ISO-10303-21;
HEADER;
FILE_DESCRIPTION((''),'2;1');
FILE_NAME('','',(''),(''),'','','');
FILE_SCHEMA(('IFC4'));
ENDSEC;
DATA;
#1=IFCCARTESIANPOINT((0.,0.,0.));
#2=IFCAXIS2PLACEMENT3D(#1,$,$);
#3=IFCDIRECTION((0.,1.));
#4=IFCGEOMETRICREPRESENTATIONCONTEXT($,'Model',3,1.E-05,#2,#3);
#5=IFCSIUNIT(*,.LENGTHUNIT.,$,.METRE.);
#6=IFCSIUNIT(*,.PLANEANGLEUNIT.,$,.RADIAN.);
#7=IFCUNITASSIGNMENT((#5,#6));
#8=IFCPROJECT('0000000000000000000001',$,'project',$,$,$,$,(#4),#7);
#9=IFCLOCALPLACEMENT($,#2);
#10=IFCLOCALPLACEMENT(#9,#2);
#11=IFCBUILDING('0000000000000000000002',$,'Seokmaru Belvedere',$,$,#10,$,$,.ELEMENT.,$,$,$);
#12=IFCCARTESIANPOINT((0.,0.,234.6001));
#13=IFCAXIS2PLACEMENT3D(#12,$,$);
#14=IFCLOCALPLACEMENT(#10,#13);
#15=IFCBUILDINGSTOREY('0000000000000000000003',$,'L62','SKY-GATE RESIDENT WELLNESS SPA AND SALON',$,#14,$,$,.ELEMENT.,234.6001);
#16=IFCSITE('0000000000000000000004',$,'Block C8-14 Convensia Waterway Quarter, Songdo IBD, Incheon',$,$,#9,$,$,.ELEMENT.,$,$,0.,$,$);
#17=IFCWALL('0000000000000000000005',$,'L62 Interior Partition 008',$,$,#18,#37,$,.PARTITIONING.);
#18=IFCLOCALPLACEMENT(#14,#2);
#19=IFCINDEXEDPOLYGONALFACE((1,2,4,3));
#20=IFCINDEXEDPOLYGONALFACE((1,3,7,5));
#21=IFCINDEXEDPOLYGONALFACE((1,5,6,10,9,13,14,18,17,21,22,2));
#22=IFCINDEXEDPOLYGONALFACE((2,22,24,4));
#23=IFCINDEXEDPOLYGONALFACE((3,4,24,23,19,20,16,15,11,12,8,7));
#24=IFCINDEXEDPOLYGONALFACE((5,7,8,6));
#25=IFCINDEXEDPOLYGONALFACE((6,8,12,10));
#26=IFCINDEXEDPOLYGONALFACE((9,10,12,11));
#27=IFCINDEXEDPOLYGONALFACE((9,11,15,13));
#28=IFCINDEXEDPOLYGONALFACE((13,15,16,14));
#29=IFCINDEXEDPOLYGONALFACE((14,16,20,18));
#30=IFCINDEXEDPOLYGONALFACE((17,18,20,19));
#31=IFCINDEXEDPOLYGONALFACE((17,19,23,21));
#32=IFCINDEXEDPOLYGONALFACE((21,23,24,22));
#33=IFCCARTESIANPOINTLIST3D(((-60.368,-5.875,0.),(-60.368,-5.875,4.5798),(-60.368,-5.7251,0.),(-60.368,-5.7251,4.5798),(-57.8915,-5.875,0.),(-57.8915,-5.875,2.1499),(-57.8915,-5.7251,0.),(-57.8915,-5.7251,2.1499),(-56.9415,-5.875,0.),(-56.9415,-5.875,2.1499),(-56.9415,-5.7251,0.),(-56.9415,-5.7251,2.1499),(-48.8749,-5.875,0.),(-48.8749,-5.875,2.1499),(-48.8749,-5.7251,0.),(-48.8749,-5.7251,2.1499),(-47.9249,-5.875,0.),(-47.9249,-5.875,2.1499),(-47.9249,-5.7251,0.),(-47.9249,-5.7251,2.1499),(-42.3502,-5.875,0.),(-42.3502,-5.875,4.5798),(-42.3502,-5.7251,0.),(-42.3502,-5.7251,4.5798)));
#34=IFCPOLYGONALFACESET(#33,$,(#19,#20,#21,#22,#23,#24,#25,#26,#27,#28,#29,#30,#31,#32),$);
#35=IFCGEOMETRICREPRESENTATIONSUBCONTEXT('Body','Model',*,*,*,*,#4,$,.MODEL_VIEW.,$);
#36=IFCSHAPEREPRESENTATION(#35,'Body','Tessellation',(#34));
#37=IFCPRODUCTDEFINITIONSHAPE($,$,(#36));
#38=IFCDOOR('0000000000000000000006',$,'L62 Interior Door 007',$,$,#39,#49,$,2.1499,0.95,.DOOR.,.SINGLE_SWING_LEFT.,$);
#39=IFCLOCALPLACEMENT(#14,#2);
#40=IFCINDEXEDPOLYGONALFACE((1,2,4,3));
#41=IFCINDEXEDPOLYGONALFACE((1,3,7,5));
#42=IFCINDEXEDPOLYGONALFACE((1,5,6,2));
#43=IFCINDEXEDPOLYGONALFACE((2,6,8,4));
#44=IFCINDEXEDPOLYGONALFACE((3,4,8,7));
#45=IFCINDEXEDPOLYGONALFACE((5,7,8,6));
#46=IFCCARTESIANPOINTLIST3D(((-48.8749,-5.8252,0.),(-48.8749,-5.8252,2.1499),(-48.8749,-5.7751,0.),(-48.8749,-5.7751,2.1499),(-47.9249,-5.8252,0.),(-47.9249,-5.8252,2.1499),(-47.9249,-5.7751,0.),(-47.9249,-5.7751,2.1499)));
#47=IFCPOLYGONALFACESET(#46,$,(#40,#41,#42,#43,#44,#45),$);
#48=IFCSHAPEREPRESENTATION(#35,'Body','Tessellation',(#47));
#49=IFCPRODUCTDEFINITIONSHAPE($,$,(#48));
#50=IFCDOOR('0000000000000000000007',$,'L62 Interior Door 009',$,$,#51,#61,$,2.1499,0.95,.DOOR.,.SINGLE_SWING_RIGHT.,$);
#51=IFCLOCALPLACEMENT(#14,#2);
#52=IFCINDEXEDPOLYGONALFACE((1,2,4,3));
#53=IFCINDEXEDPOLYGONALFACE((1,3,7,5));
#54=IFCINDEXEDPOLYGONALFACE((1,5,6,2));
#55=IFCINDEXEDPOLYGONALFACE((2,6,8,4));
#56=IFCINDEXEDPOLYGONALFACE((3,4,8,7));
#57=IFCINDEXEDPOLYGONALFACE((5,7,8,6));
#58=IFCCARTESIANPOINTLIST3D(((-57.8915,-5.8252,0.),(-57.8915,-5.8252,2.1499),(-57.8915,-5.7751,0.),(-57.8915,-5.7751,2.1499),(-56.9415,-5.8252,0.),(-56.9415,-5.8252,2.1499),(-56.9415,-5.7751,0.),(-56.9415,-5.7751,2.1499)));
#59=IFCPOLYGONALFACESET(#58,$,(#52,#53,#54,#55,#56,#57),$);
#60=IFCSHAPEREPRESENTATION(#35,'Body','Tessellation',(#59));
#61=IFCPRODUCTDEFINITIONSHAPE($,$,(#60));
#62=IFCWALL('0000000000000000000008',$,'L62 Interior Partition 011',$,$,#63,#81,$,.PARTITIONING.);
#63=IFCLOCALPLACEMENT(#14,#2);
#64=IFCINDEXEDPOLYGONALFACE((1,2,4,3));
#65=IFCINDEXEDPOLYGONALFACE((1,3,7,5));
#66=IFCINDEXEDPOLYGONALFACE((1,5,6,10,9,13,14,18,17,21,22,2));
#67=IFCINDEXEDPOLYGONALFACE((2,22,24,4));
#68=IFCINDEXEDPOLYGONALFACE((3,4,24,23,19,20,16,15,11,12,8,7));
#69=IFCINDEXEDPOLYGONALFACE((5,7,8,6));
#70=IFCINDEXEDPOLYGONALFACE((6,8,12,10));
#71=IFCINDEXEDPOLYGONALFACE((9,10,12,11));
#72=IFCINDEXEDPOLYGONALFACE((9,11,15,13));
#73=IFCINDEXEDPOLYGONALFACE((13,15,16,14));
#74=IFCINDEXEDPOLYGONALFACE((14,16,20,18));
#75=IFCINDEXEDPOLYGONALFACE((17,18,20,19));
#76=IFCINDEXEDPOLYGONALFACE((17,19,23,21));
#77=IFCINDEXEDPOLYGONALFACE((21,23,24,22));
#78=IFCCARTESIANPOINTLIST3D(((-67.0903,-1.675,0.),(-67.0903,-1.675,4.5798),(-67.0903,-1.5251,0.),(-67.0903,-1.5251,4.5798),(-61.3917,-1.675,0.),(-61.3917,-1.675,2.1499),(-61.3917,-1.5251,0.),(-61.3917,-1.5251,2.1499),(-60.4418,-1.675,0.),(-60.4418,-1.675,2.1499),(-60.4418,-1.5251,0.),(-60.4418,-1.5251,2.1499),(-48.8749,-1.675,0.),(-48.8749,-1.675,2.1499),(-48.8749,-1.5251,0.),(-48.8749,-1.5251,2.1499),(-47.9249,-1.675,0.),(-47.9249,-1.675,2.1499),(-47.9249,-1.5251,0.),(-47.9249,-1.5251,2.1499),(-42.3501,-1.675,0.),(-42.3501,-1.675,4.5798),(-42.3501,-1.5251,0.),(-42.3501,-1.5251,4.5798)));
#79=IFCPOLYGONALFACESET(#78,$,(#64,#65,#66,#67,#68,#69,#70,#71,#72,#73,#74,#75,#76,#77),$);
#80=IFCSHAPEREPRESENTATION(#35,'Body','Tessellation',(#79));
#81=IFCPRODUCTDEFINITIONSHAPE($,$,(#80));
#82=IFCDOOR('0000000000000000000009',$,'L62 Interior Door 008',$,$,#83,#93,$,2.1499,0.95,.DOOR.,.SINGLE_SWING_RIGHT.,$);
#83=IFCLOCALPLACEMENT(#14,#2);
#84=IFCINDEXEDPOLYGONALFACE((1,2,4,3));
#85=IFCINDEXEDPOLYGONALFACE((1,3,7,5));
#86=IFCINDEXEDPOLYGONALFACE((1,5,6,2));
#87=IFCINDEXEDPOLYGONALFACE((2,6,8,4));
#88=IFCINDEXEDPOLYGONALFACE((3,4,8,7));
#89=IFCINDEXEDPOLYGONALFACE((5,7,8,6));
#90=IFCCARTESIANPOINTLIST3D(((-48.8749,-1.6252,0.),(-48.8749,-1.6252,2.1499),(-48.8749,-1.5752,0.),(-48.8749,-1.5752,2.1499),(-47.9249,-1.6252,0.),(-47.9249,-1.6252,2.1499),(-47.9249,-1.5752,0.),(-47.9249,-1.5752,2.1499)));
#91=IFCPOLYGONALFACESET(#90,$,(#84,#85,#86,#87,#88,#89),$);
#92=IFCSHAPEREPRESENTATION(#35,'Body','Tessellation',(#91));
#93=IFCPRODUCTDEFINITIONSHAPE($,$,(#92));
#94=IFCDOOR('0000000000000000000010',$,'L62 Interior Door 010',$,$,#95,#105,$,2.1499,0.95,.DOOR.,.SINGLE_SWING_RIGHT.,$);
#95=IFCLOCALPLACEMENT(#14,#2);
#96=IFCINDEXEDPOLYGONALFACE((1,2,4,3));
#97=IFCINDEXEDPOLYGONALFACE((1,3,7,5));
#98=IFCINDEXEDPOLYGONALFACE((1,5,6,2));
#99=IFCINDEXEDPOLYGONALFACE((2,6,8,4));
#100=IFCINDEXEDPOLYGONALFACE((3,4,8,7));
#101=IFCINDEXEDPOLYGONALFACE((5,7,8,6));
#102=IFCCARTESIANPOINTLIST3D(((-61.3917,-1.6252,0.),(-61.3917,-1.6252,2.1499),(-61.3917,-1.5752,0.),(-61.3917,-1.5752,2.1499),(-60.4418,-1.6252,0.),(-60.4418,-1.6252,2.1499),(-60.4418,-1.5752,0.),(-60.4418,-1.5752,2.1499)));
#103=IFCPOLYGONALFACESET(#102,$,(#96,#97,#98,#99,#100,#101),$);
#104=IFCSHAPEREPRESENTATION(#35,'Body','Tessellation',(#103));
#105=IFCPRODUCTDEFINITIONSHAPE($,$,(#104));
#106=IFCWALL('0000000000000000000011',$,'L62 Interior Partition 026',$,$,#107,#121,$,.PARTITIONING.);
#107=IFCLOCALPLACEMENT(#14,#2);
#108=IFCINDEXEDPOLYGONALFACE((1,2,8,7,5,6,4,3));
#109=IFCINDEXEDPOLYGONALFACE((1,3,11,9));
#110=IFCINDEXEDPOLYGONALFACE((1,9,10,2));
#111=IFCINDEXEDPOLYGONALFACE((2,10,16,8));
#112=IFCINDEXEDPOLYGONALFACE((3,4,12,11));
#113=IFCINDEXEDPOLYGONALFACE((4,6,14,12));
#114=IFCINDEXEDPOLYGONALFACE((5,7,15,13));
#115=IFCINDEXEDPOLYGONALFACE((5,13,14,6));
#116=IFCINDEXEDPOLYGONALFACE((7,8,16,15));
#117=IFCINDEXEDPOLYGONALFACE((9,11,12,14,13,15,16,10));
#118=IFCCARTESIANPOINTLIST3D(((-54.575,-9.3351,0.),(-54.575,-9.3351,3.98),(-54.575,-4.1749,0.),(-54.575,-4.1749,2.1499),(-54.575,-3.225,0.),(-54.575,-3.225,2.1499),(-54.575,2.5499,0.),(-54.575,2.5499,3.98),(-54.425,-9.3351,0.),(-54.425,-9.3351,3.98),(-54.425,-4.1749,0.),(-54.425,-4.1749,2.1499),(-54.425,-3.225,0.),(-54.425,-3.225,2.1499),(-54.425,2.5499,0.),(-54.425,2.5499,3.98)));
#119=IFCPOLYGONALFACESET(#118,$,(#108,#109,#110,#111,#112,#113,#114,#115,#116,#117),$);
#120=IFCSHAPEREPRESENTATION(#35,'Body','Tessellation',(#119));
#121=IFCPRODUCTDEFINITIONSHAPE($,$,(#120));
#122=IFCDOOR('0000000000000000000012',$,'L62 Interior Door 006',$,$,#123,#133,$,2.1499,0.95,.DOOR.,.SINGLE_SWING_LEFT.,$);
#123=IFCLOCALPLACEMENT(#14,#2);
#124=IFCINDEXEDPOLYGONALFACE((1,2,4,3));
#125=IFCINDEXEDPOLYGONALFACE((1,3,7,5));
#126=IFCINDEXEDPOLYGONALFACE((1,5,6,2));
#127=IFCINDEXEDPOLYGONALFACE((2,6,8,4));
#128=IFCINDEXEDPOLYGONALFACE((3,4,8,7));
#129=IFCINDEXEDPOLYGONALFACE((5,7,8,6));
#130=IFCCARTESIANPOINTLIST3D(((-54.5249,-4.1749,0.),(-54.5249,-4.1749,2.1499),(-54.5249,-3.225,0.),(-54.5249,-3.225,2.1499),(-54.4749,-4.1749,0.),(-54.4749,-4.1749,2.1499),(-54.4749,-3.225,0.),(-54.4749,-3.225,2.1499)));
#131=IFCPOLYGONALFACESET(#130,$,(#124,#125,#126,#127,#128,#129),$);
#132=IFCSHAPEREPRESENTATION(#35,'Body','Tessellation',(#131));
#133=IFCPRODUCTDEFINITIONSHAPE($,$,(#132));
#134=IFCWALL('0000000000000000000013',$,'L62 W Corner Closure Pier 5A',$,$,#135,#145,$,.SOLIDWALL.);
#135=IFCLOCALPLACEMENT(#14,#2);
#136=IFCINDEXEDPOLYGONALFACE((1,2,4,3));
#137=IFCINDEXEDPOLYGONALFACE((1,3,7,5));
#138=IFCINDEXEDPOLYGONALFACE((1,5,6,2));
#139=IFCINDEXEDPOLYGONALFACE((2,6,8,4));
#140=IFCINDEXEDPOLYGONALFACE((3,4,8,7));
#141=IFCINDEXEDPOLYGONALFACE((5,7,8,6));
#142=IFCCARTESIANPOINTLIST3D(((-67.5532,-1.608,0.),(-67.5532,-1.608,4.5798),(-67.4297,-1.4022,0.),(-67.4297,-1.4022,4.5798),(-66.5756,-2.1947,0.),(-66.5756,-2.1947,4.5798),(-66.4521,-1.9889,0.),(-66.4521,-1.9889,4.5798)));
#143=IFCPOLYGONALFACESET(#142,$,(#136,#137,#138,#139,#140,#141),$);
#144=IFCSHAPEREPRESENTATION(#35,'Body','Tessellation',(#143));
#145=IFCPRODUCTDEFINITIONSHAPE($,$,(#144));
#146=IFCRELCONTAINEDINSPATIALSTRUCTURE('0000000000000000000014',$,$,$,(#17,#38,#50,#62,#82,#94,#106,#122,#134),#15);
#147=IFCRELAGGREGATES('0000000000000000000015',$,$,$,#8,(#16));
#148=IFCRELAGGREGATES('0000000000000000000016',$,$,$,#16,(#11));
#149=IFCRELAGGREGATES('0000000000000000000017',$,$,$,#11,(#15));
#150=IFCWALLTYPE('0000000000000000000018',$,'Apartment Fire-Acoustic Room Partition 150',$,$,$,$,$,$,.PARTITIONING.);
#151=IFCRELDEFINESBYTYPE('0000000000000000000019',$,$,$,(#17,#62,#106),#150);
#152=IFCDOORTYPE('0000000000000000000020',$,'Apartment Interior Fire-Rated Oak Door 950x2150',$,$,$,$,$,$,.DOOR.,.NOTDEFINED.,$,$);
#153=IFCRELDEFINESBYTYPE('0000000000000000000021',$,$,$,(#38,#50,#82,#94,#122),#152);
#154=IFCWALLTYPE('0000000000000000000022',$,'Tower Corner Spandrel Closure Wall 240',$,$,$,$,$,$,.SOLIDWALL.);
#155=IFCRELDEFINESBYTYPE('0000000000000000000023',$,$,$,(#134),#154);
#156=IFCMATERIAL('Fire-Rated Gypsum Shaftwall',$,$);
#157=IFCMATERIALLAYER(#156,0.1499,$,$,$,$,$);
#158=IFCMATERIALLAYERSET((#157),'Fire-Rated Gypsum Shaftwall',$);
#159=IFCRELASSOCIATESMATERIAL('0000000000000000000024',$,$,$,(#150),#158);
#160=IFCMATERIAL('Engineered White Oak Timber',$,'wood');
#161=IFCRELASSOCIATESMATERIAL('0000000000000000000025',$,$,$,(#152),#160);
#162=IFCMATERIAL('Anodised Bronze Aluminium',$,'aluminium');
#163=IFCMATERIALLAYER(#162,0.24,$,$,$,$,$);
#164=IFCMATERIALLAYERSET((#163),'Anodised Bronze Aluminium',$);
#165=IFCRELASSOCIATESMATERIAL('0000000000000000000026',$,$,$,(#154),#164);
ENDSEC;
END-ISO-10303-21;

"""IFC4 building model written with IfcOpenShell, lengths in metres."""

from ifc_helpers import new_model, si_unit, direction, frame, frame_2d, origin, place, context, subcontext, project, spatial, rectangle, extrude, source, transform, mapped, material, layer, layer_set, type_object, type_shapes, element, fill, save


model = new_model("IFC4")

# Units and contexts
model_context = context("Model", 3, precision=1e-05, world=origin(), true_north=direction((0.0, 1.0)))
body_context = subcontext(model_context, "Body", "Model", "MODEL_VIEW")
ifc_project = project(units=[si_unit("LENGTHUNIT", "METRE"), si_unit("PLANEANGLEUNIT", "RADIAN")], contexts=[model_context])

# Site, building, storey
site_placement = place(None, origin())
site = spatial("IfcSite", under=ifc_project, at=site_placement, Name="Block C8-14 Convensia Waterway Quarter, Songdo IBD, Incheon", CompositionType="ELEMENT", RefElevation=0.0)
building_placement = place(site_placement, origin())
building = spatial("IfcBuilding", under=site, at=building_placement, Name="Seokmaru Belvedere", CompositionType="ELEMENT")
storey_placement = place(building_placement, frame((0.0, 0.0, 234.6001)))
storey = spatial("IfcBuildingStorey", under=building, at=storey_placement, Name="L62", Description="SKY-GATE RESIDENT WELLNESS SPA AND SALON", CompositionType="ELEMENT", Elevation=234.6001)

# Shared definitions
ifc_material_1 = material(Name="Anodised Bronze Aluminium", Category="aluminium")

# Walls, openings, doors
ifc_material_2 = material(Name="Fire-Rated Gypsum Shaftwall")
ifc_layer_1 = layer(ifc_material_2, 0.1499)
ifc_layer_set_1 = layer_set([ifc_layer_1], Name="Fire-Rated Gypsum Shaftwall")
wall_type_1 = type_object("IfcWallType", Name="Apartment Fire-Acoustic Room Partition 150", PredefinedType="PARTITIONING", material=ifc_layer_set_1)
wall_1_placement = place(storey_placement, frame((-60.3679, -5.8, 0.0), z_axis=(0.0, 0.0, 1.0), x_axis=(1.0, 0.0, 0.0)))
wall_1 = element("IfcWall", 1, at=wall_1_placement, inside=storey, type_object=wall_type_1, Name="L62 Interior Partition 008", PredefinedType="PARTITIONING", context=body_context, shape_type="SweptSolid", body=[
    extrude(rectangle(XDim=18.0178, YDim=0.1499, at=frame_2d((9.0088, 0.0))), origin(), (0.0, 0.0, 1.0), 4.5798),
])
opening_1_placement = place(wall_1_placement, frame((11.4929, 0.0, 0.0)))
opening_1 = element("IfcOpeningElement", 2, at=opening_1_placement, cuts=wall_1, PredefinedType="OPENING", context=body_context, shape_type="SweptSolid", body=[
    extrude(rectangle(XDim=0.95, YDim=2.1499, at=frame_2d((0.4751, 1.075))), frame((0.0, 0.085, 0.0), z_axis=(0.0, -1.0, 0.0), x_axis=(1.0, 0.0, 0.0)), (0.0, 0.0, 1.0), 0.1699),
])
opening_2_placement = place(wall_1_placement, frame((2.4763, 0.0, 0.0)))
opening_2 = element("IfcOpeningElement", 3, at=opening_2_placement, cuts=wall_1, PredefinedType="OPENING", context=body_context, shape_type="SweptSolid", body=[
    extrude(rectangle(XDim=0.95, YDim=2.1499, at=frame_2d((0.4751, 1.075))), frame((0.0, 0.085, 0.0), z_axis=(0.0, -1.0, 0.0), x_axis=(1.0, 0.0, 0.0)), (0.0, 0.0, 1.0), 0.1699),
])
ifc_material_3 = material(Name="Engineered White Oak Timber", Category="wood")
door_type = type_object("IfcDoorType", Name="Apartment Interior Fire-Rated Oak Door 950x2150", OperationType="NOTDEFINED", PredefinedType="DOOR", material=ifc_material_3)
shared_shape_1 = source(origin(), body_context, "Body", "SweptSolid", [
    extrude(rectangle(XDim=0.95, YDim=2.1499, at=frame_2d((0.4751, 1.075))), frame((0.0, 0.0249, 0.0), z_axis=(0.0, -1.0, 0.0), x_axis=(1.0, 0.0, 0.0)), (0.0, 0.0, 1.0), 0.05),
])
type_shapes(door_type, [shared_shape_1])
door_1_placement = place(opening_1_placement, origin())
door_1 = element("IfcDoor", 4, at=door_1_placement, inside=storey, type_object=door_type, Name="L62 Interior Door 007", OperationType="SINGLE_SWING_LEFT", OverallHeight=2.1499, OverallWidth=0.95, PredefinedType="DOOR", context=body_context, shape_type="MappedRepresentation", body=[
    mapped(shared_shape_1, transform((0.0, 0.0, 0.0), scale=1.0)),
])
fill(opening_1, door_1)
door_2_placement = place(opening_2_placement, origin())
door_2 = element("IfcDoor", 5, at=door_2_placement, inside=storey, type_object=door_type, Name="L62 Interior Door 009", OperationType="SINGLE_SWING_RIGHT", OverallHeight=2.1499, OverallWidth=0.95, PredefinedType="DOOR", context=body_context, shape_type="MappedRepresentation", body=[
    mapped(shared_shape_1, transform((0.0, 0.0, 0.0), scale=1.0)),
])
fill(opening_2, door_2)
wall_2_placement = place(storey_placement, frame((-67.0903, -1.6001, 0.0), z_axis=(0.0, 0.0, 1.0), x_axis=(1.0, 0.0, 0.0)))
wall_2 = element("IfcWall", 6, at=wall_2_placement, inside=storey, type_object=wall_type_1, Name="L62 Interior Partition 011", PredefinedType="PARTITIONING", context=body_context, shape_type="SweptSolid", body=[
    extrude(rectangle(XDim=24.7402, YDim=0.1499, at=frame_2d((12.3701, 0.0))), origin(), (0.0, 0.0, 1.0), 4.5798),
])
opening_3_placement = place(wall_2_placement, frame((18.2153, 0.0, 0.0)))
opening_3 = element("IfcOpeningElement", 7, at=opening_3_placement, cuts=wall_2, PredefinedType="OPENING", context=body_context, shape_type="SweptSolid", body=[
    extrude(rectangle(XDim=0.95, YDim=2.1499, at=frame_2d((0.4751, 1.075))), frame((0.0, 0.085, 0.0), z_axis=(0.0, -1.0, 0.0), x_axis=(1.0, 0.0, 0.0)), (0.0, 0.0, 1.0), 0.1699),
])
opening_4_placement = place(wall_2_placement, frame((5.6985, 0.0, 0.0)))
opening_4 = element("IfcOpeningElement", 8, at=opening_4_placement, cuts=wall_2, PredefinedType="OPENING", context=body_context, shape_type="SweptSolid", body=[
    extrude(rectangle(XDim=0.95, YDim=2.1499, at=frame_2d((0.4751, 1.075))), frame((0.0, 0.085, 0.0), z_axis=(0.0, -1.0, 0.0), x_axis=(1.0, 0.0, 0.0)), (0.0, 0.0, 1.0), 0.1699),
])
door_3_placement = place(opening_3_placement, origin())
door_3 = element("IfcDoor", 9, at=door_3_placement, inside=storey, type_object=door_type, Name="L62 Interior Door 008", OperationType="SINGLE_SWING_RIGHT", OverallHeight=2.1499, OverallWidth=0.95, PredefinedType="DOOR", context=body_context, shape_type="MappedRepresentation", body=[
    mapped(shared_shape_1, transform((0.0, 0.0, 0.0), scale=1.0)),
])
fill(opening_3, door_3)
door_4_placement = place(opening_4_placement, origin())
door_4 = element("IfcDoor", 10, at=door_4_placement, inside=storey, type_object=door_type, Name="L62 Interior Door 010", OperationType="SINGLE_SWING_RIGHT", OverallHeight=2.1499, OverallWidth=0.95, PredefinedType="DOOR", context=body_context, shape_type="MappedRepresentation", body=[
    mapped(shared_shape_1, transform((0.0, 0.0, 0.0), scale=1.0)),
])
fill(opening_4, door_4)

# Wall, opening, door
wall_3_placement = place(storey_placement, frame((-54.5, -9.335, 0.0), z_axis=(0.0, 0.0, 1.0), x_axis=(0.0, 1.0, 0.0)))
wall_3 = element("IfcWall", 11, at=wall_3_placement, inside=storey, type_object=wall_type_1, Name="L62 Interior Partition 026", PredefinedType="PARTITIONING", context=body_context, shape_type="SweptSolid", body=[
    extrude(rectangle(XDim=11.885, YDim=0.1499, at=frame_2d((5.9424, 0.0))), origin(), (0.0, 0.0, 1.0), 3.98),
])
opening_5_placement = place(wall_3_placement, frame((5.1599, 0.0, 0.0)))
opening_5 = element("IfcOpeningElement", 12, at=opening_5_placement, cuts=wall_3, PredefinedType="OPENING", context=body_context, shape_type="SweptSolid", body=[
    extrude(rectangle(XDim=0.95, YDim=2.1499, at=frame_2d((0.4751, 1.075))), frame((0.0, 0.085, 0.0), z_axis=(0.0, -1.0, 0.0), x_axis=(1.0, 0.0, 0.0)), (0.0, 0.0, 1.0), 0.1699),
])
door_5_placement = place(opening_5_placement, origin())
door_5 = element("IfcDoor", 13, at=door_5_placement, inside=storey, type_object=door_type, Name="L62 Interior Door 006", OperationType="SINGLE_SWING_LEFT", OverallHeight=2.1499, OverallWidth=0.95, PredefinedType="DOOR", context=body_context, shape_type="MappedRepresentation", body=[
    mapped(shared_shape_1, transform((0.0, 0.0, 0.0), scale=1.0)),
])
fill(opening_5, door_5)

# Wall
ifc_layer_2 = layer(ifc_material_1, 0.24)
ifc_layer_set_2 = layer_set([ifc_layer_2], Name="Anodised Bronze Aluminium")
wall_type_2 = type_object("IfcWallType", Name="Tower Corner Spandrel Closure Wall 240", PredefinedType="SOLIDWALL", material=ifc_layer_set_2)
wall_4_placement = place(storey_placement, frame((-67.4915, -1.5051, 0.0), z_axis=(0.0, 0.0, 1.0), x_axis=(0.857436, -0.51459, 0.0)))
element("IfcWall", 14, at=wall_4_placement, inside=storey, type_object=wall_type_2, Name="L62 W Corner Closure Pier 5A", PredefinedType="SOLIDWALL", context=body_context, shape_type="SweptSolid", body=[
    extrude(rectangle(XDim=1.1401, YDim=0.24, at=frame_2d((0.5701, 0.0))), origin(), (0.0, 0.0, 1.0), 4.5798),
])

save(model, "model.ifc")
